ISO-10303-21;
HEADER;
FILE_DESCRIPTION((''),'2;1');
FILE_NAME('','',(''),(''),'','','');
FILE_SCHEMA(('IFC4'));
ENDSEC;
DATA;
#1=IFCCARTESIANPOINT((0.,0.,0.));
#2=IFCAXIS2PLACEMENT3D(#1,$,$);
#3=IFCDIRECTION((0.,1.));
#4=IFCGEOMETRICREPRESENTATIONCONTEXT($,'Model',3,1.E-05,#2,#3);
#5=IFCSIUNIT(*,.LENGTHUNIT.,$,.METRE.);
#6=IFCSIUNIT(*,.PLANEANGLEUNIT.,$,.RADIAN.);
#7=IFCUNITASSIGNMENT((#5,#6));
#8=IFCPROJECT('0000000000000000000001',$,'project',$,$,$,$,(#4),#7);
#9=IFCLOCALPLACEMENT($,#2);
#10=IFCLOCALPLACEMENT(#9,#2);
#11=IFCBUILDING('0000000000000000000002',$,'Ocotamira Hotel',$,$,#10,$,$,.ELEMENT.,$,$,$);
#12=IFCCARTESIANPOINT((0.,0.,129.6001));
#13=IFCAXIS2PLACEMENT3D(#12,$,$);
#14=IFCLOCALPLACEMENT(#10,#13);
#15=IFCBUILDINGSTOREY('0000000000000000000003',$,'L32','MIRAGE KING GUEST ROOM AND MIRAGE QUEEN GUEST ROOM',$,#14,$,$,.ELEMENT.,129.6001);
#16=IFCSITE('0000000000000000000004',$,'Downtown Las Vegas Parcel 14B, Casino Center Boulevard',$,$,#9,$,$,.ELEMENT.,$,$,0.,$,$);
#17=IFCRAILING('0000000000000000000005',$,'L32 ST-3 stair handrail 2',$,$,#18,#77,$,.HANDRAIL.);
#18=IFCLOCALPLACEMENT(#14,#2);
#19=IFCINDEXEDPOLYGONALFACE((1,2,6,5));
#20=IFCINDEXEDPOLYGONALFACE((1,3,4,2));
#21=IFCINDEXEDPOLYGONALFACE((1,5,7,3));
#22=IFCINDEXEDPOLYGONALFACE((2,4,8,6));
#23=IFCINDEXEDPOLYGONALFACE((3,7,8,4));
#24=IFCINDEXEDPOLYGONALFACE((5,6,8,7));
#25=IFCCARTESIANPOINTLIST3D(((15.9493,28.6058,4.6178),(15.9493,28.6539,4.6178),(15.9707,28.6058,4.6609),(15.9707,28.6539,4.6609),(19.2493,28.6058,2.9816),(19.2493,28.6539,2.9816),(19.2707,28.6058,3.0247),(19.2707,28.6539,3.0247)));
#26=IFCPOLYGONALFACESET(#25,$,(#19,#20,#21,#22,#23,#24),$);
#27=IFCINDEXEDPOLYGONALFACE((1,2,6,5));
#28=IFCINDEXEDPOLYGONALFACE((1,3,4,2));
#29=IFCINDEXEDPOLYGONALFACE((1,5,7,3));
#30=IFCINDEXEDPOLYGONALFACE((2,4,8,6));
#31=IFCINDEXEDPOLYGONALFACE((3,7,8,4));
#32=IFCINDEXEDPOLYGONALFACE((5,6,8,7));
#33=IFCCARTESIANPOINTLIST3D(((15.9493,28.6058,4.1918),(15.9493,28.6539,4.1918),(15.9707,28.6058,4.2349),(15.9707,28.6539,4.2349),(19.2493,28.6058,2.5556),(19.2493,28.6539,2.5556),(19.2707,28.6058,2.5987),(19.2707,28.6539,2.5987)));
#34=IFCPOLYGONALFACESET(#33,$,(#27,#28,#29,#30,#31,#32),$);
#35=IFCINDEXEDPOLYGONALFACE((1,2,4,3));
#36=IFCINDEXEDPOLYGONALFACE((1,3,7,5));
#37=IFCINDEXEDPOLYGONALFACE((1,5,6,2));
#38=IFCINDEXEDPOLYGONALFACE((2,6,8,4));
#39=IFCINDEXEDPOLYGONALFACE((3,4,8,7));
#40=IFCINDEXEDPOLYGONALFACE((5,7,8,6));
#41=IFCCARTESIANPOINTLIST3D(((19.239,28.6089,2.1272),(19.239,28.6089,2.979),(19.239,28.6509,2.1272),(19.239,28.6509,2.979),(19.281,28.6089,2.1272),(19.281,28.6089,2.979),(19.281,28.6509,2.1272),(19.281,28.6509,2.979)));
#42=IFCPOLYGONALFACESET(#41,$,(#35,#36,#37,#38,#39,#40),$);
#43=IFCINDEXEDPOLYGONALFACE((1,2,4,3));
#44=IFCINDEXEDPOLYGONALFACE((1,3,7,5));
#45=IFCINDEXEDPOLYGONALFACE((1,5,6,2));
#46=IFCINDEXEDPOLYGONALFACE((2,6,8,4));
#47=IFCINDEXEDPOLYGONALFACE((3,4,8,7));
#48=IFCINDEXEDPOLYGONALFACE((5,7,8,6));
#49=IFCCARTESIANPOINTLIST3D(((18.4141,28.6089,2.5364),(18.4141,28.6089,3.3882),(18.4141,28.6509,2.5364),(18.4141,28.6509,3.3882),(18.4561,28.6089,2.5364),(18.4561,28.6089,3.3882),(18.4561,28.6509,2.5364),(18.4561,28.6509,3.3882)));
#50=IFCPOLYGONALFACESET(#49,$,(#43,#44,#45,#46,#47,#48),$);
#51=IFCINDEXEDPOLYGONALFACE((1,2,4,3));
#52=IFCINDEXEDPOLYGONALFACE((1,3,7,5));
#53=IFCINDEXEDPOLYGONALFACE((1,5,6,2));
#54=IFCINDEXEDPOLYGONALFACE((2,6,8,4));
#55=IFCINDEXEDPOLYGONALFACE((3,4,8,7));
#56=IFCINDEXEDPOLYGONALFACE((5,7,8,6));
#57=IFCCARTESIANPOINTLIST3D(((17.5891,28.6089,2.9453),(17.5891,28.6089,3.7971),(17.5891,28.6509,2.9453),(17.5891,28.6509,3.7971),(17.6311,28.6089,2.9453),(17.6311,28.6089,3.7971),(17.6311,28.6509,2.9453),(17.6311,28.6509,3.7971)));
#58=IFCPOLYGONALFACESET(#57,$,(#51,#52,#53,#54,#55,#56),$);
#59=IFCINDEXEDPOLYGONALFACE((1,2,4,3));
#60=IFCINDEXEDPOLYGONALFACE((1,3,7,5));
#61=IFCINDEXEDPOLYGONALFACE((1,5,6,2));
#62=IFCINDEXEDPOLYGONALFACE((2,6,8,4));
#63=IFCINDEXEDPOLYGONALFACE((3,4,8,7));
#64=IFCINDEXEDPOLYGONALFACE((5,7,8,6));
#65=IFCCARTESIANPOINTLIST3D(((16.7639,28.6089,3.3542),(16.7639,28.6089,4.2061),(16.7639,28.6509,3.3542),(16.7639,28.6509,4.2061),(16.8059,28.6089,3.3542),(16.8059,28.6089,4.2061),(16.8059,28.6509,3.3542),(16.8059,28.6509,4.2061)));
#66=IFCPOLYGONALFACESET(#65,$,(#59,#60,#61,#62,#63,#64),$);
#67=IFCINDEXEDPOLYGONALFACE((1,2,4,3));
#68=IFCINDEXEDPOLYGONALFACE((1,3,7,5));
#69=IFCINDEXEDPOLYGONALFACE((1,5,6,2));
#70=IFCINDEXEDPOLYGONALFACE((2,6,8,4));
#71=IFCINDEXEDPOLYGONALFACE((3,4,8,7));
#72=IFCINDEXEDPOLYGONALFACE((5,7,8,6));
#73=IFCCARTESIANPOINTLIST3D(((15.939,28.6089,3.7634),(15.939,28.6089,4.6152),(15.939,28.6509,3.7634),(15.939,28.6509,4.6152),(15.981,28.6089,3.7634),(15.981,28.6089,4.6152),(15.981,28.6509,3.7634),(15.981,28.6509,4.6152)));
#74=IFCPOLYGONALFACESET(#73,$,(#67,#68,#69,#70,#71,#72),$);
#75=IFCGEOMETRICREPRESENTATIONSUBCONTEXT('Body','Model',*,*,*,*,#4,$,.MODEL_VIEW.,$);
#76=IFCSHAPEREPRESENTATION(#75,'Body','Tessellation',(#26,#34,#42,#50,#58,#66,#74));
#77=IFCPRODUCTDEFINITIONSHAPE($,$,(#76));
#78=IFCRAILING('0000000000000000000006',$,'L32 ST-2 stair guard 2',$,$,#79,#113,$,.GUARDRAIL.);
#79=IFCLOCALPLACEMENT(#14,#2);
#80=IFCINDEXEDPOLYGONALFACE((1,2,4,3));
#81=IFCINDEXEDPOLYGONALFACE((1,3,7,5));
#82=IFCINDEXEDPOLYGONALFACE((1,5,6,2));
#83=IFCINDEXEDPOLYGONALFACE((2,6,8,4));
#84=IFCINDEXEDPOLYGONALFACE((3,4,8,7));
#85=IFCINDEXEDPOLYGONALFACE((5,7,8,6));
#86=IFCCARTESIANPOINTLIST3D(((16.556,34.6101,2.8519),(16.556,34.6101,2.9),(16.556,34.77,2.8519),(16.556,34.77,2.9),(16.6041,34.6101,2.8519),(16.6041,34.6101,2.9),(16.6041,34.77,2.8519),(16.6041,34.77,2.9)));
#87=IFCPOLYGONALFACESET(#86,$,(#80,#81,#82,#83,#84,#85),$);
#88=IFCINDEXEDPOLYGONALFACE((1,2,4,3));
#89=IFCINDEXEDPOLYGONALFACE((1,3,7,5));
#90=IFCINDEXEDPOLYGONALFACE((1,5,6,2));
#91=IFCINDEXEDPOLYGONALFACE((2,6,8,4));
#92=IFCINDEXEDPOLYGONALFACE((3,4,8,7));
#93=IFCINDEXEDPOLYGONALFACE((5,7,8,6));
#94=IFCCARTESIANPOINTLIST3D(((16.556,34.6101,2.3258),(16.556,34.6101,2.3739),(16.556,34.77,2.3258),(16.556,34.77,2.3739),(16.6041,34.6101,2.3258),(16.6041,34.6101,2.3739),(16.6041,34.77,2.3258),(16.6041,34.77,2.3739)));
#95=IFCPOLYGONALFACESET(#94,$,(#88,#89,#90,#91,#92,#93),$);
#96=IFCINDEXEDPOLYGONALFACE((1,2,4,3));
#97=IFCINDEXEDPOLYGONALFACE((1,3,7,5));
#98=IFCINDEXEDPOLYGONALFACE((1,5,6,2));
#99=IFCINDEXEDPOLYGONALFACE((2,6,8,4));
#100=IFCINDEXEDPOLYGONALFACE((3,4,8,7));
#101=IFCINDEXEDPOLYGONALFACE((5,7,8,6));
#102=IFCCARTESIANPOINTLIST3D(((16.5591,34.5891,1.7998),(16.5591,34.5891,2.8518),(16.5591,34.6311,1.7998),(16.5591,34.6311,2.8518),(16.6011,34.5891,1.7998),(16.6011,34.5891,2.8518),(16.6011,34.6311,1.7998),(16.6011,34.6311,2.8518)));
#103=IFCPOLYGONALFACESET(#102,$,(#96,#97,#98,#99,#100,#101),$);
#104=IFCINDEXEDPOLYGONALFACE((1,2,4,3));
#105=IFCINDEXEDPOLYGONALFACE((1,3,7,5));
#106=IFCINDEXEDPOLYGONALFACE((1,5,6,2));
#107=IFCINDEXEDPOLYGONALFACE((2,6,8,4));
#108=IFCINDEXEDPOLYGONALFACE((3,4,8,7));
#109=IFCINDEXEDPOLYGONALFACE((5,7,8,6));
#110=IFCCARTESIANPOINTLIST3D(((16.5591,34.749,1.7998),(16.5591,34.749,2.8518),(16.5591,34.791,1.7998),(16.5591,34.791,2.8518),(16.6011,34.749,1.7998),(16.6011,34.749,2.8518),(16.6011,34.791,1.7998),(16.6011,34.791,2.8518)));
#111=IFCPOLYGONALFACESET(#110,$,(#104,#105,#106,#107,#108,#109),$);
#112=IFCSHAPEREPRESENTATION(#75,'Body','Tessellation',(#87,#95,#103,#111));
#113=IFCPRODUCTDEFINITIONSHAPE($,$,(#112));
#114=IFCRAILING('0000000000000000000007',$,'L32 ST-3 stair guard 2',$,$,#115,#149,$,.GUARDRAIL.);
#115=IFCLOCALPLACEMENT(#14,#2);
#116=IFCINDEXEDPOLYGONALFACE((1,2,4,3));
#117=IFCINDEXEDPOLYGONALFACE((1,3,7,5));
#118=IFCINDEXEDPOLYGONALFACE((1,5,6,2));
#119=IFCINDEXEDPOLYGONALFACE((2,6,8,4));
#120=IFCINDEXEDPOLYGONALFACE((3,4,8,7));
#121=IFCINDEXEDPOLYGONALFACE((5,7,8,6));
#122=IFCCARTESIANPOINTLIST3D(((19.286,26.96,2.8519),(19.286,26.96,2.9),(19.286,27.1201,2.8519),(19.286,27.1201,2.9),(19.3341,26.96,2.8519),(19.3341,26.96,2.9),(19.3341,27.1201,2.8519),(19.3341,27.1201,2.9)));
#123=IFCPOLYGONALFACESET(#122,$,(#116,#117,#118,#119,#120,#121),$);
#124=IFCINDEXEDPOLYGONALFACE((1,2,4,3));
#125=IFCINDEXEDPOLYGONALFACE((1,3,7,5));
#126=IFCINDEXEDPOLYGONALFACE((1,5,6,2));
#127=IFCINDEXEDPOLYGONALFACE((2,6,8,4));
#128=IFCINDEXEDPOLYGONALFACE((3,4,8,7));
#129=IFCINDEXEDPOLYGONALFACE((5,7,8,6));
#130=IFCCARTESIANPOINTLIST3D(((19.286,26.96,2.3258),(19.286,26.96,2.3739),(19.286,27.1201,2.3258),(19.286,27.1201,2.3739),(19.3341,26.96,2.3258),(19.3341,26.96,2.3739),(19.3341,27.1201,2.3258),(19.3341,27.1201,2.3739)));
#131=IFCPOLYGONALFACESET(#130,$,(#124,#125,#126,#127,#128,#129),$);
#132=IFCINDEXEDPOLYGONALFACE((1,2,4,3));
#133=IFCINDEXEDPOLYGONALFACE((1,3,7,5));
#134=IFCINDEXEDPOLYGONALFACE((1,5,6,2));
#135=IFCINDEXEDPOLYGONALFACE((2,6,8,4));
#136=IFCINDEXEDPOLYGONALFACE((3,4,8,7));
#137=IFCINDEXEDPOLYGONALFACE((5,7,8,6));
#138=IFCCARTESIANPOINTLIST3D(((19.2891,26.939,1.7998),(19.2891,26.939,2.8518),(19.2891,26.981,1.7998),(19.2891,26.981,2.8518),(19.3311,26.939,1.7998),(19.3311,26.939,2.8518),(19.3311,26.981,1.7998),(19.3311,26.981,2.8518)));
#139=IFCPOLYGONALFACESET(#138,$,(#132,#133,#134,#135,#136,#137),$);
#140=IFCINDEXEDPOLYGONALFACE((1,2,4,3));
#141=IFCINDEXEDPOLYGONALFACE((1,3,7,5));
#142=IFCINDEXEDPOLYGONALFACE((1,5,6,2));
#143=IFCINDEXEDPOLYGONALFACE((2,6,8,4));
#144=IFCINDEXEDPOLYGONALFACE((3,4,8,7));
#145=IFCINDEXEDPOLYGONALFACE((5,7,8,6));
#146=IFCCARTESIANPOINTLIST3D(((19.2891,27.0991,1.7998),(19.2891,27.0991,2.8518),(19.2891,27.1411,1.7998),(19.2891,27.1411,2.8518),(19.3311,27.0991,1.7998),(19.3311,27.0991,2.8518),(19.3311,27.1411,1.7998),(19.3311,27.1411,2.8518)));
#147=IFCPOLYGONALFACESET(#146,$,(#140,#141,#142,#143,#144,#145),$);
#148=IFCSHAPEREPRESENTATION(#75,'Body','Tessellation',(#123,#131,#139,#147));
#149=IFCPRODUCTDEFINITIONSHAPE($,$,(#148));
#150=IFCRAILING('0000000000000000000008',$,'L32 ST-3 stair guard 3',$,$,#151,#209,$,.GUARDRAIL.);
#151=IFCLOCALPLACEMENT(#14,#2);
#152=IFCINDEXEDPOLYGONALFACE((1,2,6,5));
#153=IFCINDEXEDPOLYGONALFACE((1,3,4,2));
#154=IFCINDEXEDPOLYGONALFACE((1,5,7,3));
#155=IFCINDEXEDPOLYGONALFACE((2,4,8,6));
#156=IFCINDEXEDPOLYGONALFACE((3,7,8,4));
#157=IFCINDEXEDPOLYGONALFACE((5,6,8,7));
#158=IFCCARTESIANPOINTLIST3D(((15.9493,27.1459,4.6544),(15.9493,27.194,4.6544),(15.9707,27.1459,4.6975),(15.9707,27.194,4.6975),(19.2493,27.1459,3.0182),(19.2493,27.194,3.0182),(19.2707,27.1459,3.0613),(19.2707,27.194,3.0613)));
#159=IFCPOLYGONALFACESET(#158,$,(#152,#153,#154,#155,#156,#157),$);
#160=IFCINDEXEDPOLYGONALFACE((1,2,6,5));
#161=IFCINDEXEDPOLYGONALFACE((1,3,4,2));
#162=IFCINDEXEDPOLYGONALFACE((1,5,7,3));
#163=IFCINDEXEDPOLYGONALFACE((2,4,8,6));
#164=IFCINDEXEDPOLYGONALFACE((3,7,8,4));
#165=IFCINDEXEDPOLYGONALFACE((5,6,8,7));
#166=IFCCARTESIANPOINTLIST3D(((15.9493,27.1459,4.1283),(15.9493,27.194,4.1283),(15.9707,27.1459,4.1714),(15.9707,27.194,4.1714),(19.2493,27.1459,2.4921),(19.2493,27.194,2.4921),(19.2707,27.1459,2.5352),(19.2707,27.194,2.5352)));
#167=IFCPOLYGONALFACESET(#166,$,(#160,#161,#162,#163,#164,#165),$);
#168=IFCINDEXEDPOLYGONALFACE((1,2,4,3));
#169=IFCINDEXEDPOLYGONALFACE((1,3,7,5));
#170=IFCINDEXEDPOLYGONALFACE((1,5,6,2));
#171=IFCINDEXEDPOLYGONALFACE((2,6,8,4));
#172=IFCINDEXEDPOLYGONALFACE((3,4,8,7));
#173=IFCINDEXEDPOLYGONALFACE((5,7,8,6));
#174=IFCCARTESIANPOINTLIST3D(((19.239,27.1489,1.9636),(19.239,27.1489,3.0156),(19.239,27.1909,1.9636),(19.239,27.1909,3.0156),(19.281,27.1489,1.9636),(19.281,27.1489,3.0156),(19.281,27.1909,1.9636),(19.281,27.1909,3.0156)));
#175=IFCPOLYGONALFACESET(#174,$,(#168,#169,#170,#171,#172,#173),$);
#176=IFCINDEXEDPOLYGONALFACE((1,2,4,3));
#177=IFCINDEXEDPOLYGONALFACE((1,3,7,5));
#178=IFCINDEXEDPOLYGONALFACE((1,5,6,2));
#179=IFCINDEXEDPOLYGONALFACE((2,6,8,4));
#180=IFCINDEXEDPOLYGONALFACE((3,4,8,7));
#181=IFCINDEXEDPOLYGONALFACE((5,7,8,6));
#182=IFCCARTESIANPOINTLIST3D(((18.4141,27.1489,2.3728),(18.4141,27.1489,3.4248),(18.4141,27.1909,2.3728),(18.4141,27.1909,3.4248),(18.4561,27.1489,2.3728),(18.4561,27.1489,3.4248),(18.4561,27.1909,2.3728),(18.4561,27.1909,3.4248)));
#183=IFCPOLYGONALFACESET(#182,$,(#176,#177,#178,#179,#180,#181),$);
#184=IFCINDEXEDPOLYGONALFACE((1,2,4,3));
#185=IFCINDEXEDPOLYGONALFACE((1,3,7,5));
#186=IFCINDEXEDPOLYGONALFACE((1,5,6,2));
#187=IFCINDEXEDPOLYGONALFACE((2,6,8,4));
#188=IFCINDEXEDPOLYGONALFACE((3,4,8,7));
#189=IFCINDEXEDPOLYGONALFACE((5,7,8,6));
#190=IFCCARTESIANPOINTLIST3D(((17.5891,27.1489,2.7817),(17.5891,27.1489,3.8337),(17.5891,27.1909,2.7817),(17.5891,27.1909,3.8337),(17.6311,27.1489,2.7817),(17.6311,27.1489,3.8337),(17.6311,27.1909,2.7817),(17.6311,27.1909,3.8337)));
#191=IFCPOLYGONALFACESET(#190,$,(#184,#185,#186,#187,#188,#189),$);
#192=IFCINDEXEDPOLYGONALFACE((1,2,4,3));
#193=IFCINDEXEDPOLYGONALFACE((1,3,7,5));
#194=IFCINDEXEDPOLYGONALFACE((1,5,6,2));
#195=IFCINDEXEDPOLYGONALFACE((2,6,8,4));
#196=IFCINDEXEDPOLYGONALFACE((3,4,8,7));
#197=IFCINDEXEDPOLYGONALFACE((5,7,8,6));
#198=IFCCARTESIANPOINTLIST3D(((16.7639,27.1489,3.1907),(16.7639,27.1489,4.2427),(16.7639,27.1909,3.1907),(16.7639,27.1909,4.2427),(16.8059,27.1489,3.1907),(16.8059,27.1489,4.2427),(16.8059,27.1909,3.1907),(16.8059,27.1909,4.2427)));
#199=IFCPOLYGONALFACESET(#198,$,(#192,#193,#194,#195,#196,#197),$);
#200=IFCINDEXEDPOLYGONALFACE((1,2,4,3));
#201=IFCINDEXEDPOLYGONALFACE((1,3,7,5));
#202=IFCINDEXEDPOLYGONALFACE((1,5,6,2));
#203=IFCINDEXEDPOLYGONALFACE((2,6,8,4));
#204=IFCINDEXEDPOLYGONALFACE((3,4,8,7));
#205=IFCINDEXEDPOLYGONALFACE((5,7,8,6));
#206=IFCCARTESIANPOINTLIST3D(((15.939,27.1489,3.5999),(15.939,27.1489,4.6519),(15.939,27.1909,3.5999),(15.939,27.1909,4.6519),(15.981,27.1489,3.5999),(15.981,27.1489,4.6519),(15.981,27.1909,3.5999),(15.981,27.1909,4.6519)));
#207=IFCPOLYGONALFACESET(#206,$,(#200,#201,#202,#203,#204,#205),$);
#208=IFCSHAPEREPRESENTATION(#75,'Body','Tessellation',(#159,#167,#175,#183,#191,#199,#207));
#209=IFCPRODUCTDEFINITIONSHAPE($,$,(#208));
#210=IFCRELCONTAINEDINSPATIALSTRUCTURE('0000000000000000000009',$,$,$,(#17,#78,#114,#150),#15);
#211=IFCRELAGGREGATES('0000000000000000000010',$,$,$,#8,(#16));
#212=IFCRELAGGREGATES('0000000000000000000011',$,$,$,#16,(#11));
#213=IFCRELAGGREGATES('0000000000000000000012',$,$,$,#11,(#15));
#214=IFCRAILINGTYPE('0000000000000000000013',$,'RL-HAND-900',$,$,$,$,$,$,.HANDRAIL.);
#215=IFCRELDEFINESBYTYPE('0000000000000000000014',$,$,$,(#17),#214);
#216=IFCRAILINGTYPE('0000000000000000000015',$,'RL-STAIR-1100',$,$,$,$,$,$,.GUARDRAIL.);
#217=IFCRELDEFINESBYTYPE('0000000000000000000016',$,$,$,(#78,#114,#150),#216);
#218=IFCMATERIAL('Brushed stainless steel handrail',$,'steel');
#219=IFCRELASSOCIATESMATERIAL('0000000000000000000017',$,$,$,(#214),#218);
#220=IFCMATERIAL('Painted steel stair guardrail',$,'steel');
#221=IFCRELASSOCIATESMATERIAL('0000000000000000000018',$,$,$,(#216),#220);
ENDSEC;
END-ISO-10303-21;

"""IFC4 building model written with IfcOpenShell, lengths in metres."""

from ifc_helpers import new_model, si_unit, direction, frame, origin, origin_2d, place, context, subcontext, project, spatial, rectangle, extrude, material, type_object, element, save


model = new_model("IFC4")

# Units and contexts
model_context = context("Model", 3, precision=1e-05, world=origin(), true_north=direction((0.0, 1.0)))
body_context = subcontext(model_context, "Body", "Model", "MODEL_VIEW")
ifc_project = project(units=[si_unit("LENGTHUNIT", "METRE"), si_unit("PLANEANGLEUNIT", "RADIAN")], contexts=[model_context])

# Site, building, storey
site_placement = place(None, origin())
site = spatial("IfcSite", under=ifc_project, at=site_placement, Name="Downtown Las Vegas Parcel 14B, Casino Center Boulevard", CompositionType="ELEMENT", RefElevation=0.0)
building_placement = place(site_placement, origin())
building = spatial("IfcBuilding", under=site, at=building_placement, Name="Ocotamira Hotel", CompositionType="ELEMENT")
storey_placement = place(building_placement, frame((0.0, 0.0, 129.6001)))
storey = spatial("IfcBuildingStorey", under=building, at=storey_placement, Name="L32", Description="MIRAGE KING GUEST ROOM AND MIRAGE QUEEN GUEST ROOM", CompositionType="ELEMENT", Elevation=129.6001)

# Railings
ifc_material_1 = material(Name="Brushed stainless steel handrail", Category="steel")
railing_type_1 = type_object("IfcRailingType", Name="RL-HAND-900", PredefinedType="HANDRAIL", material=ifc_material_1)
for number, where, name in (
    (1, (19.26, 28.6299, 2.1272), "L32 ST-3 stair handrail 2"),
):
    element("IfcRailing", number, at=place(storey_placement, frame(where)), inside=storey, type_object=railing_type_1, Name=name, PredefinedType="HANDRAIL", context=body_context, shape_type="SweptSolid", body=[
        extrude(rectangle(XDim=0.0481, YDim=0.0481, at=origin_2d()), frame((0.0, 0.0, 0.876), z_axis=(-0.89592, 0.0, 0.444215), x_axis=(0.0, -1.0, 0.0)), (0.0, 0.0, 1.0), 3.6833),
        extrude(rectangle(XDim=0.0481, YDim=0.0481, at=origin_2d()), frame((0.0, 0.0, 0.45), z_axis=(-0.89592, 0.0, 0.444215), x_axis=(0.0, -1.0, 0.0)), (0.0, 0.0, 1.0), 3.6833),
        extrude(rectangle(XDim=0.042, YDim=0.042, at=origin_2d()), origin(), (0.0, 0.0, 1.0), 0.8518),
        extrude(rectangle(XDim=0.042, YDim=0.042, at=origin_2d()), frame((-0.825, 0.0, 0.4092)), (0.0, 0.0, 1.0), 0.8518),
        extrude(rectangle(XDim=0.042, YDim=0.042, at=origin_2d()), frame((-1.6499, 0.0, 0.8181)), (0.0, 0.0, 1.0), 0.8518),
        extrude(rectangle(XDim=0.042, YDim=0.042, at=origin_2d()), frame((-2.4751, 0.0, 1.2271)), (0.0, 0.0, 1.0), 0.8518),
        extrude(rectangle(XDim=0.042, YDim=0.042, at=origin_2d()), frame((-3.3, 0.0, 1.6362)), (0.0, 0.0, 1.0), 0.8518),
    ])
ifc_material_2 = material(Name="Painted steel stair guardrail", Category="steel")
railing_type_2 = type_object("IfcRailingType", Name="RL-STAIR-1100", PredefinedType="GUARDRAIL", material=ifc_material_2)
railing_1_placement = place(storey_placement, frame((16.5801, 34.6101, 1.7998)))
element("IfcRailing", 2, at=railing_1_placement, inside=storey, type_object=railing_type_2, Name="L32 ST-2 stair guard 2", PredefinedType="GUARDRAIL", context=body_context, shape_type="SweptSolid", body=[
    extrude(rectangle(XDim=0.0481, YDim=0.0481, at=origin_2d()), frame((0.0, 0.0, 1.0762), z_axis=(0.0, 1.0, 0.0), x_axis=(-1.0, 0.0, 0.0)), (0.0, 0.0, 1.0), 0.1599),
    extrude(rectangle(XDim=0.0481, YDim=0.0481, at=origin_2d()), frame((0.0, 0.0, 0.55), z_axis=(0.0, 1.0, 0.0), x_axis=(-1.0, 0.0, 0.0)), (0.0, 0.0, 1.0), 0.1599),
    extrude(rectangle(XDim=0.042, YDim=0.042, at=origin_2d()), origin(), (0.0, 0.0, 1.0), 1.052),
    extrude(rectangle(XDim=0.042, YDim=0.042, at=origin_2d()), frame((0.0, 0.1599, 0.0)), (0.0, 0.0, 1.0), 1.052),
])
railing_2_placement = place(storey_placement, frame((19.3101, 26.96, 1.7998)))
element("IfcRailing", 3, at=railing_2_placement, inside=storey, type_object=railing_type_2, Name="L32 ST-3 stair guard 2", PredefinedType="GUARDRAIL", context=body_context, shape_type="SweptSolid", body=[
    extrude(rectangle(XDim=0.0481, YDim=0.0481, at=origin_2d()), frame((0.0, 0.0, 1.0762), z_axis=(0.0, 1.0, 0.0), x_axis=(-1.0, 0.0, 0.0)), (0.0, 0.0, 1.0), 0.1602),
    extrude(rectangle(XDim=0.0481, YDim=0.0481, at=origin_2d()), frame((0.0, 0.0, 0.55), z_axis=(0.0, 1.0, 0.0), x_axis=(-1.0, 0.0, 0.0)), (0.0, 0.0, 1.0), 0.1602),
    extrude(rectangle(XDim=0.042, YDim=0.042, at=origin_2d()), origin(), (0.0, 0.0, 1.0), 1.052),
    extrude(rectangle(XDim=0.042, YDim=0.042, at=origin_2d()), frame((0.0, 0.1602, 0.0)), (0.0, 0.0, 1.0), 1.052),
])
railing_3_placement = place(storey_placement, frame((19.26, 27.1699, 1.9636)))
element("IfcRailing", 4, at=railing_3_placement, inside=storey, type_object=railing_type_2, Name="L32 ST-3 stair guard 3", PredefinedType="GUARDRAIL", context=body_context, shape_type="SweptSolid", body=[
    extrude(rectangle(XDim=0.0481, YDim=0.0481, at=origin_2d()), frame((0.0, 0.0, 1.0762), z_axis=(-0.89592, 0.0, 0.444215), x_axis=(0.0, -1.0, 0.0)), (0.0, 0.0, 1.0), 3.6833),
    extrude(rectangle(XDim=0.0481, YDim=0.0481, at=origin_2d()), frame((0.0, 0.0, 0.55), z_axis=(-0.89592, 0.0, 0.444215), x_axis=(0.0, -1.0, 0.0)), (0.0, 0.0, 1.0), 3.6833),
    extrude(rectangle(XDim=0.042, YDim=0.042, at=origin_2d()), origin(), (0.0, 0.0, 1.0), 1.052),
    extrude(rectangle(XDim=0.042, YDim=0.042, at=origin_2d()), frame((-0.825, 0.0, 0.4092)), (0.0, 0.0, 1.0), 1.052),
    extrude(rectangle(XDim=0.042, YDim=0.042, at=origin_2d()), frame((-1.6499, 0.0, 0.8181)), (0.0, 0.0, 1.0), 1.052),
    extrude(rectangle(XDim=0.042, YDim=0.042, at=origin_2d()), frame((-2.4751, 0.0, 1.2271)), (0.0, 0.0, 1.0), 1.052),
    extrude(rectangle(XDim=0.042, YDim=0.042, at=origin_2d()), frame((-3.3, 0.0, 1.6362)), (0.0, 0.0, 1.0), 1.052),
])

save(model, "model.ifc")
